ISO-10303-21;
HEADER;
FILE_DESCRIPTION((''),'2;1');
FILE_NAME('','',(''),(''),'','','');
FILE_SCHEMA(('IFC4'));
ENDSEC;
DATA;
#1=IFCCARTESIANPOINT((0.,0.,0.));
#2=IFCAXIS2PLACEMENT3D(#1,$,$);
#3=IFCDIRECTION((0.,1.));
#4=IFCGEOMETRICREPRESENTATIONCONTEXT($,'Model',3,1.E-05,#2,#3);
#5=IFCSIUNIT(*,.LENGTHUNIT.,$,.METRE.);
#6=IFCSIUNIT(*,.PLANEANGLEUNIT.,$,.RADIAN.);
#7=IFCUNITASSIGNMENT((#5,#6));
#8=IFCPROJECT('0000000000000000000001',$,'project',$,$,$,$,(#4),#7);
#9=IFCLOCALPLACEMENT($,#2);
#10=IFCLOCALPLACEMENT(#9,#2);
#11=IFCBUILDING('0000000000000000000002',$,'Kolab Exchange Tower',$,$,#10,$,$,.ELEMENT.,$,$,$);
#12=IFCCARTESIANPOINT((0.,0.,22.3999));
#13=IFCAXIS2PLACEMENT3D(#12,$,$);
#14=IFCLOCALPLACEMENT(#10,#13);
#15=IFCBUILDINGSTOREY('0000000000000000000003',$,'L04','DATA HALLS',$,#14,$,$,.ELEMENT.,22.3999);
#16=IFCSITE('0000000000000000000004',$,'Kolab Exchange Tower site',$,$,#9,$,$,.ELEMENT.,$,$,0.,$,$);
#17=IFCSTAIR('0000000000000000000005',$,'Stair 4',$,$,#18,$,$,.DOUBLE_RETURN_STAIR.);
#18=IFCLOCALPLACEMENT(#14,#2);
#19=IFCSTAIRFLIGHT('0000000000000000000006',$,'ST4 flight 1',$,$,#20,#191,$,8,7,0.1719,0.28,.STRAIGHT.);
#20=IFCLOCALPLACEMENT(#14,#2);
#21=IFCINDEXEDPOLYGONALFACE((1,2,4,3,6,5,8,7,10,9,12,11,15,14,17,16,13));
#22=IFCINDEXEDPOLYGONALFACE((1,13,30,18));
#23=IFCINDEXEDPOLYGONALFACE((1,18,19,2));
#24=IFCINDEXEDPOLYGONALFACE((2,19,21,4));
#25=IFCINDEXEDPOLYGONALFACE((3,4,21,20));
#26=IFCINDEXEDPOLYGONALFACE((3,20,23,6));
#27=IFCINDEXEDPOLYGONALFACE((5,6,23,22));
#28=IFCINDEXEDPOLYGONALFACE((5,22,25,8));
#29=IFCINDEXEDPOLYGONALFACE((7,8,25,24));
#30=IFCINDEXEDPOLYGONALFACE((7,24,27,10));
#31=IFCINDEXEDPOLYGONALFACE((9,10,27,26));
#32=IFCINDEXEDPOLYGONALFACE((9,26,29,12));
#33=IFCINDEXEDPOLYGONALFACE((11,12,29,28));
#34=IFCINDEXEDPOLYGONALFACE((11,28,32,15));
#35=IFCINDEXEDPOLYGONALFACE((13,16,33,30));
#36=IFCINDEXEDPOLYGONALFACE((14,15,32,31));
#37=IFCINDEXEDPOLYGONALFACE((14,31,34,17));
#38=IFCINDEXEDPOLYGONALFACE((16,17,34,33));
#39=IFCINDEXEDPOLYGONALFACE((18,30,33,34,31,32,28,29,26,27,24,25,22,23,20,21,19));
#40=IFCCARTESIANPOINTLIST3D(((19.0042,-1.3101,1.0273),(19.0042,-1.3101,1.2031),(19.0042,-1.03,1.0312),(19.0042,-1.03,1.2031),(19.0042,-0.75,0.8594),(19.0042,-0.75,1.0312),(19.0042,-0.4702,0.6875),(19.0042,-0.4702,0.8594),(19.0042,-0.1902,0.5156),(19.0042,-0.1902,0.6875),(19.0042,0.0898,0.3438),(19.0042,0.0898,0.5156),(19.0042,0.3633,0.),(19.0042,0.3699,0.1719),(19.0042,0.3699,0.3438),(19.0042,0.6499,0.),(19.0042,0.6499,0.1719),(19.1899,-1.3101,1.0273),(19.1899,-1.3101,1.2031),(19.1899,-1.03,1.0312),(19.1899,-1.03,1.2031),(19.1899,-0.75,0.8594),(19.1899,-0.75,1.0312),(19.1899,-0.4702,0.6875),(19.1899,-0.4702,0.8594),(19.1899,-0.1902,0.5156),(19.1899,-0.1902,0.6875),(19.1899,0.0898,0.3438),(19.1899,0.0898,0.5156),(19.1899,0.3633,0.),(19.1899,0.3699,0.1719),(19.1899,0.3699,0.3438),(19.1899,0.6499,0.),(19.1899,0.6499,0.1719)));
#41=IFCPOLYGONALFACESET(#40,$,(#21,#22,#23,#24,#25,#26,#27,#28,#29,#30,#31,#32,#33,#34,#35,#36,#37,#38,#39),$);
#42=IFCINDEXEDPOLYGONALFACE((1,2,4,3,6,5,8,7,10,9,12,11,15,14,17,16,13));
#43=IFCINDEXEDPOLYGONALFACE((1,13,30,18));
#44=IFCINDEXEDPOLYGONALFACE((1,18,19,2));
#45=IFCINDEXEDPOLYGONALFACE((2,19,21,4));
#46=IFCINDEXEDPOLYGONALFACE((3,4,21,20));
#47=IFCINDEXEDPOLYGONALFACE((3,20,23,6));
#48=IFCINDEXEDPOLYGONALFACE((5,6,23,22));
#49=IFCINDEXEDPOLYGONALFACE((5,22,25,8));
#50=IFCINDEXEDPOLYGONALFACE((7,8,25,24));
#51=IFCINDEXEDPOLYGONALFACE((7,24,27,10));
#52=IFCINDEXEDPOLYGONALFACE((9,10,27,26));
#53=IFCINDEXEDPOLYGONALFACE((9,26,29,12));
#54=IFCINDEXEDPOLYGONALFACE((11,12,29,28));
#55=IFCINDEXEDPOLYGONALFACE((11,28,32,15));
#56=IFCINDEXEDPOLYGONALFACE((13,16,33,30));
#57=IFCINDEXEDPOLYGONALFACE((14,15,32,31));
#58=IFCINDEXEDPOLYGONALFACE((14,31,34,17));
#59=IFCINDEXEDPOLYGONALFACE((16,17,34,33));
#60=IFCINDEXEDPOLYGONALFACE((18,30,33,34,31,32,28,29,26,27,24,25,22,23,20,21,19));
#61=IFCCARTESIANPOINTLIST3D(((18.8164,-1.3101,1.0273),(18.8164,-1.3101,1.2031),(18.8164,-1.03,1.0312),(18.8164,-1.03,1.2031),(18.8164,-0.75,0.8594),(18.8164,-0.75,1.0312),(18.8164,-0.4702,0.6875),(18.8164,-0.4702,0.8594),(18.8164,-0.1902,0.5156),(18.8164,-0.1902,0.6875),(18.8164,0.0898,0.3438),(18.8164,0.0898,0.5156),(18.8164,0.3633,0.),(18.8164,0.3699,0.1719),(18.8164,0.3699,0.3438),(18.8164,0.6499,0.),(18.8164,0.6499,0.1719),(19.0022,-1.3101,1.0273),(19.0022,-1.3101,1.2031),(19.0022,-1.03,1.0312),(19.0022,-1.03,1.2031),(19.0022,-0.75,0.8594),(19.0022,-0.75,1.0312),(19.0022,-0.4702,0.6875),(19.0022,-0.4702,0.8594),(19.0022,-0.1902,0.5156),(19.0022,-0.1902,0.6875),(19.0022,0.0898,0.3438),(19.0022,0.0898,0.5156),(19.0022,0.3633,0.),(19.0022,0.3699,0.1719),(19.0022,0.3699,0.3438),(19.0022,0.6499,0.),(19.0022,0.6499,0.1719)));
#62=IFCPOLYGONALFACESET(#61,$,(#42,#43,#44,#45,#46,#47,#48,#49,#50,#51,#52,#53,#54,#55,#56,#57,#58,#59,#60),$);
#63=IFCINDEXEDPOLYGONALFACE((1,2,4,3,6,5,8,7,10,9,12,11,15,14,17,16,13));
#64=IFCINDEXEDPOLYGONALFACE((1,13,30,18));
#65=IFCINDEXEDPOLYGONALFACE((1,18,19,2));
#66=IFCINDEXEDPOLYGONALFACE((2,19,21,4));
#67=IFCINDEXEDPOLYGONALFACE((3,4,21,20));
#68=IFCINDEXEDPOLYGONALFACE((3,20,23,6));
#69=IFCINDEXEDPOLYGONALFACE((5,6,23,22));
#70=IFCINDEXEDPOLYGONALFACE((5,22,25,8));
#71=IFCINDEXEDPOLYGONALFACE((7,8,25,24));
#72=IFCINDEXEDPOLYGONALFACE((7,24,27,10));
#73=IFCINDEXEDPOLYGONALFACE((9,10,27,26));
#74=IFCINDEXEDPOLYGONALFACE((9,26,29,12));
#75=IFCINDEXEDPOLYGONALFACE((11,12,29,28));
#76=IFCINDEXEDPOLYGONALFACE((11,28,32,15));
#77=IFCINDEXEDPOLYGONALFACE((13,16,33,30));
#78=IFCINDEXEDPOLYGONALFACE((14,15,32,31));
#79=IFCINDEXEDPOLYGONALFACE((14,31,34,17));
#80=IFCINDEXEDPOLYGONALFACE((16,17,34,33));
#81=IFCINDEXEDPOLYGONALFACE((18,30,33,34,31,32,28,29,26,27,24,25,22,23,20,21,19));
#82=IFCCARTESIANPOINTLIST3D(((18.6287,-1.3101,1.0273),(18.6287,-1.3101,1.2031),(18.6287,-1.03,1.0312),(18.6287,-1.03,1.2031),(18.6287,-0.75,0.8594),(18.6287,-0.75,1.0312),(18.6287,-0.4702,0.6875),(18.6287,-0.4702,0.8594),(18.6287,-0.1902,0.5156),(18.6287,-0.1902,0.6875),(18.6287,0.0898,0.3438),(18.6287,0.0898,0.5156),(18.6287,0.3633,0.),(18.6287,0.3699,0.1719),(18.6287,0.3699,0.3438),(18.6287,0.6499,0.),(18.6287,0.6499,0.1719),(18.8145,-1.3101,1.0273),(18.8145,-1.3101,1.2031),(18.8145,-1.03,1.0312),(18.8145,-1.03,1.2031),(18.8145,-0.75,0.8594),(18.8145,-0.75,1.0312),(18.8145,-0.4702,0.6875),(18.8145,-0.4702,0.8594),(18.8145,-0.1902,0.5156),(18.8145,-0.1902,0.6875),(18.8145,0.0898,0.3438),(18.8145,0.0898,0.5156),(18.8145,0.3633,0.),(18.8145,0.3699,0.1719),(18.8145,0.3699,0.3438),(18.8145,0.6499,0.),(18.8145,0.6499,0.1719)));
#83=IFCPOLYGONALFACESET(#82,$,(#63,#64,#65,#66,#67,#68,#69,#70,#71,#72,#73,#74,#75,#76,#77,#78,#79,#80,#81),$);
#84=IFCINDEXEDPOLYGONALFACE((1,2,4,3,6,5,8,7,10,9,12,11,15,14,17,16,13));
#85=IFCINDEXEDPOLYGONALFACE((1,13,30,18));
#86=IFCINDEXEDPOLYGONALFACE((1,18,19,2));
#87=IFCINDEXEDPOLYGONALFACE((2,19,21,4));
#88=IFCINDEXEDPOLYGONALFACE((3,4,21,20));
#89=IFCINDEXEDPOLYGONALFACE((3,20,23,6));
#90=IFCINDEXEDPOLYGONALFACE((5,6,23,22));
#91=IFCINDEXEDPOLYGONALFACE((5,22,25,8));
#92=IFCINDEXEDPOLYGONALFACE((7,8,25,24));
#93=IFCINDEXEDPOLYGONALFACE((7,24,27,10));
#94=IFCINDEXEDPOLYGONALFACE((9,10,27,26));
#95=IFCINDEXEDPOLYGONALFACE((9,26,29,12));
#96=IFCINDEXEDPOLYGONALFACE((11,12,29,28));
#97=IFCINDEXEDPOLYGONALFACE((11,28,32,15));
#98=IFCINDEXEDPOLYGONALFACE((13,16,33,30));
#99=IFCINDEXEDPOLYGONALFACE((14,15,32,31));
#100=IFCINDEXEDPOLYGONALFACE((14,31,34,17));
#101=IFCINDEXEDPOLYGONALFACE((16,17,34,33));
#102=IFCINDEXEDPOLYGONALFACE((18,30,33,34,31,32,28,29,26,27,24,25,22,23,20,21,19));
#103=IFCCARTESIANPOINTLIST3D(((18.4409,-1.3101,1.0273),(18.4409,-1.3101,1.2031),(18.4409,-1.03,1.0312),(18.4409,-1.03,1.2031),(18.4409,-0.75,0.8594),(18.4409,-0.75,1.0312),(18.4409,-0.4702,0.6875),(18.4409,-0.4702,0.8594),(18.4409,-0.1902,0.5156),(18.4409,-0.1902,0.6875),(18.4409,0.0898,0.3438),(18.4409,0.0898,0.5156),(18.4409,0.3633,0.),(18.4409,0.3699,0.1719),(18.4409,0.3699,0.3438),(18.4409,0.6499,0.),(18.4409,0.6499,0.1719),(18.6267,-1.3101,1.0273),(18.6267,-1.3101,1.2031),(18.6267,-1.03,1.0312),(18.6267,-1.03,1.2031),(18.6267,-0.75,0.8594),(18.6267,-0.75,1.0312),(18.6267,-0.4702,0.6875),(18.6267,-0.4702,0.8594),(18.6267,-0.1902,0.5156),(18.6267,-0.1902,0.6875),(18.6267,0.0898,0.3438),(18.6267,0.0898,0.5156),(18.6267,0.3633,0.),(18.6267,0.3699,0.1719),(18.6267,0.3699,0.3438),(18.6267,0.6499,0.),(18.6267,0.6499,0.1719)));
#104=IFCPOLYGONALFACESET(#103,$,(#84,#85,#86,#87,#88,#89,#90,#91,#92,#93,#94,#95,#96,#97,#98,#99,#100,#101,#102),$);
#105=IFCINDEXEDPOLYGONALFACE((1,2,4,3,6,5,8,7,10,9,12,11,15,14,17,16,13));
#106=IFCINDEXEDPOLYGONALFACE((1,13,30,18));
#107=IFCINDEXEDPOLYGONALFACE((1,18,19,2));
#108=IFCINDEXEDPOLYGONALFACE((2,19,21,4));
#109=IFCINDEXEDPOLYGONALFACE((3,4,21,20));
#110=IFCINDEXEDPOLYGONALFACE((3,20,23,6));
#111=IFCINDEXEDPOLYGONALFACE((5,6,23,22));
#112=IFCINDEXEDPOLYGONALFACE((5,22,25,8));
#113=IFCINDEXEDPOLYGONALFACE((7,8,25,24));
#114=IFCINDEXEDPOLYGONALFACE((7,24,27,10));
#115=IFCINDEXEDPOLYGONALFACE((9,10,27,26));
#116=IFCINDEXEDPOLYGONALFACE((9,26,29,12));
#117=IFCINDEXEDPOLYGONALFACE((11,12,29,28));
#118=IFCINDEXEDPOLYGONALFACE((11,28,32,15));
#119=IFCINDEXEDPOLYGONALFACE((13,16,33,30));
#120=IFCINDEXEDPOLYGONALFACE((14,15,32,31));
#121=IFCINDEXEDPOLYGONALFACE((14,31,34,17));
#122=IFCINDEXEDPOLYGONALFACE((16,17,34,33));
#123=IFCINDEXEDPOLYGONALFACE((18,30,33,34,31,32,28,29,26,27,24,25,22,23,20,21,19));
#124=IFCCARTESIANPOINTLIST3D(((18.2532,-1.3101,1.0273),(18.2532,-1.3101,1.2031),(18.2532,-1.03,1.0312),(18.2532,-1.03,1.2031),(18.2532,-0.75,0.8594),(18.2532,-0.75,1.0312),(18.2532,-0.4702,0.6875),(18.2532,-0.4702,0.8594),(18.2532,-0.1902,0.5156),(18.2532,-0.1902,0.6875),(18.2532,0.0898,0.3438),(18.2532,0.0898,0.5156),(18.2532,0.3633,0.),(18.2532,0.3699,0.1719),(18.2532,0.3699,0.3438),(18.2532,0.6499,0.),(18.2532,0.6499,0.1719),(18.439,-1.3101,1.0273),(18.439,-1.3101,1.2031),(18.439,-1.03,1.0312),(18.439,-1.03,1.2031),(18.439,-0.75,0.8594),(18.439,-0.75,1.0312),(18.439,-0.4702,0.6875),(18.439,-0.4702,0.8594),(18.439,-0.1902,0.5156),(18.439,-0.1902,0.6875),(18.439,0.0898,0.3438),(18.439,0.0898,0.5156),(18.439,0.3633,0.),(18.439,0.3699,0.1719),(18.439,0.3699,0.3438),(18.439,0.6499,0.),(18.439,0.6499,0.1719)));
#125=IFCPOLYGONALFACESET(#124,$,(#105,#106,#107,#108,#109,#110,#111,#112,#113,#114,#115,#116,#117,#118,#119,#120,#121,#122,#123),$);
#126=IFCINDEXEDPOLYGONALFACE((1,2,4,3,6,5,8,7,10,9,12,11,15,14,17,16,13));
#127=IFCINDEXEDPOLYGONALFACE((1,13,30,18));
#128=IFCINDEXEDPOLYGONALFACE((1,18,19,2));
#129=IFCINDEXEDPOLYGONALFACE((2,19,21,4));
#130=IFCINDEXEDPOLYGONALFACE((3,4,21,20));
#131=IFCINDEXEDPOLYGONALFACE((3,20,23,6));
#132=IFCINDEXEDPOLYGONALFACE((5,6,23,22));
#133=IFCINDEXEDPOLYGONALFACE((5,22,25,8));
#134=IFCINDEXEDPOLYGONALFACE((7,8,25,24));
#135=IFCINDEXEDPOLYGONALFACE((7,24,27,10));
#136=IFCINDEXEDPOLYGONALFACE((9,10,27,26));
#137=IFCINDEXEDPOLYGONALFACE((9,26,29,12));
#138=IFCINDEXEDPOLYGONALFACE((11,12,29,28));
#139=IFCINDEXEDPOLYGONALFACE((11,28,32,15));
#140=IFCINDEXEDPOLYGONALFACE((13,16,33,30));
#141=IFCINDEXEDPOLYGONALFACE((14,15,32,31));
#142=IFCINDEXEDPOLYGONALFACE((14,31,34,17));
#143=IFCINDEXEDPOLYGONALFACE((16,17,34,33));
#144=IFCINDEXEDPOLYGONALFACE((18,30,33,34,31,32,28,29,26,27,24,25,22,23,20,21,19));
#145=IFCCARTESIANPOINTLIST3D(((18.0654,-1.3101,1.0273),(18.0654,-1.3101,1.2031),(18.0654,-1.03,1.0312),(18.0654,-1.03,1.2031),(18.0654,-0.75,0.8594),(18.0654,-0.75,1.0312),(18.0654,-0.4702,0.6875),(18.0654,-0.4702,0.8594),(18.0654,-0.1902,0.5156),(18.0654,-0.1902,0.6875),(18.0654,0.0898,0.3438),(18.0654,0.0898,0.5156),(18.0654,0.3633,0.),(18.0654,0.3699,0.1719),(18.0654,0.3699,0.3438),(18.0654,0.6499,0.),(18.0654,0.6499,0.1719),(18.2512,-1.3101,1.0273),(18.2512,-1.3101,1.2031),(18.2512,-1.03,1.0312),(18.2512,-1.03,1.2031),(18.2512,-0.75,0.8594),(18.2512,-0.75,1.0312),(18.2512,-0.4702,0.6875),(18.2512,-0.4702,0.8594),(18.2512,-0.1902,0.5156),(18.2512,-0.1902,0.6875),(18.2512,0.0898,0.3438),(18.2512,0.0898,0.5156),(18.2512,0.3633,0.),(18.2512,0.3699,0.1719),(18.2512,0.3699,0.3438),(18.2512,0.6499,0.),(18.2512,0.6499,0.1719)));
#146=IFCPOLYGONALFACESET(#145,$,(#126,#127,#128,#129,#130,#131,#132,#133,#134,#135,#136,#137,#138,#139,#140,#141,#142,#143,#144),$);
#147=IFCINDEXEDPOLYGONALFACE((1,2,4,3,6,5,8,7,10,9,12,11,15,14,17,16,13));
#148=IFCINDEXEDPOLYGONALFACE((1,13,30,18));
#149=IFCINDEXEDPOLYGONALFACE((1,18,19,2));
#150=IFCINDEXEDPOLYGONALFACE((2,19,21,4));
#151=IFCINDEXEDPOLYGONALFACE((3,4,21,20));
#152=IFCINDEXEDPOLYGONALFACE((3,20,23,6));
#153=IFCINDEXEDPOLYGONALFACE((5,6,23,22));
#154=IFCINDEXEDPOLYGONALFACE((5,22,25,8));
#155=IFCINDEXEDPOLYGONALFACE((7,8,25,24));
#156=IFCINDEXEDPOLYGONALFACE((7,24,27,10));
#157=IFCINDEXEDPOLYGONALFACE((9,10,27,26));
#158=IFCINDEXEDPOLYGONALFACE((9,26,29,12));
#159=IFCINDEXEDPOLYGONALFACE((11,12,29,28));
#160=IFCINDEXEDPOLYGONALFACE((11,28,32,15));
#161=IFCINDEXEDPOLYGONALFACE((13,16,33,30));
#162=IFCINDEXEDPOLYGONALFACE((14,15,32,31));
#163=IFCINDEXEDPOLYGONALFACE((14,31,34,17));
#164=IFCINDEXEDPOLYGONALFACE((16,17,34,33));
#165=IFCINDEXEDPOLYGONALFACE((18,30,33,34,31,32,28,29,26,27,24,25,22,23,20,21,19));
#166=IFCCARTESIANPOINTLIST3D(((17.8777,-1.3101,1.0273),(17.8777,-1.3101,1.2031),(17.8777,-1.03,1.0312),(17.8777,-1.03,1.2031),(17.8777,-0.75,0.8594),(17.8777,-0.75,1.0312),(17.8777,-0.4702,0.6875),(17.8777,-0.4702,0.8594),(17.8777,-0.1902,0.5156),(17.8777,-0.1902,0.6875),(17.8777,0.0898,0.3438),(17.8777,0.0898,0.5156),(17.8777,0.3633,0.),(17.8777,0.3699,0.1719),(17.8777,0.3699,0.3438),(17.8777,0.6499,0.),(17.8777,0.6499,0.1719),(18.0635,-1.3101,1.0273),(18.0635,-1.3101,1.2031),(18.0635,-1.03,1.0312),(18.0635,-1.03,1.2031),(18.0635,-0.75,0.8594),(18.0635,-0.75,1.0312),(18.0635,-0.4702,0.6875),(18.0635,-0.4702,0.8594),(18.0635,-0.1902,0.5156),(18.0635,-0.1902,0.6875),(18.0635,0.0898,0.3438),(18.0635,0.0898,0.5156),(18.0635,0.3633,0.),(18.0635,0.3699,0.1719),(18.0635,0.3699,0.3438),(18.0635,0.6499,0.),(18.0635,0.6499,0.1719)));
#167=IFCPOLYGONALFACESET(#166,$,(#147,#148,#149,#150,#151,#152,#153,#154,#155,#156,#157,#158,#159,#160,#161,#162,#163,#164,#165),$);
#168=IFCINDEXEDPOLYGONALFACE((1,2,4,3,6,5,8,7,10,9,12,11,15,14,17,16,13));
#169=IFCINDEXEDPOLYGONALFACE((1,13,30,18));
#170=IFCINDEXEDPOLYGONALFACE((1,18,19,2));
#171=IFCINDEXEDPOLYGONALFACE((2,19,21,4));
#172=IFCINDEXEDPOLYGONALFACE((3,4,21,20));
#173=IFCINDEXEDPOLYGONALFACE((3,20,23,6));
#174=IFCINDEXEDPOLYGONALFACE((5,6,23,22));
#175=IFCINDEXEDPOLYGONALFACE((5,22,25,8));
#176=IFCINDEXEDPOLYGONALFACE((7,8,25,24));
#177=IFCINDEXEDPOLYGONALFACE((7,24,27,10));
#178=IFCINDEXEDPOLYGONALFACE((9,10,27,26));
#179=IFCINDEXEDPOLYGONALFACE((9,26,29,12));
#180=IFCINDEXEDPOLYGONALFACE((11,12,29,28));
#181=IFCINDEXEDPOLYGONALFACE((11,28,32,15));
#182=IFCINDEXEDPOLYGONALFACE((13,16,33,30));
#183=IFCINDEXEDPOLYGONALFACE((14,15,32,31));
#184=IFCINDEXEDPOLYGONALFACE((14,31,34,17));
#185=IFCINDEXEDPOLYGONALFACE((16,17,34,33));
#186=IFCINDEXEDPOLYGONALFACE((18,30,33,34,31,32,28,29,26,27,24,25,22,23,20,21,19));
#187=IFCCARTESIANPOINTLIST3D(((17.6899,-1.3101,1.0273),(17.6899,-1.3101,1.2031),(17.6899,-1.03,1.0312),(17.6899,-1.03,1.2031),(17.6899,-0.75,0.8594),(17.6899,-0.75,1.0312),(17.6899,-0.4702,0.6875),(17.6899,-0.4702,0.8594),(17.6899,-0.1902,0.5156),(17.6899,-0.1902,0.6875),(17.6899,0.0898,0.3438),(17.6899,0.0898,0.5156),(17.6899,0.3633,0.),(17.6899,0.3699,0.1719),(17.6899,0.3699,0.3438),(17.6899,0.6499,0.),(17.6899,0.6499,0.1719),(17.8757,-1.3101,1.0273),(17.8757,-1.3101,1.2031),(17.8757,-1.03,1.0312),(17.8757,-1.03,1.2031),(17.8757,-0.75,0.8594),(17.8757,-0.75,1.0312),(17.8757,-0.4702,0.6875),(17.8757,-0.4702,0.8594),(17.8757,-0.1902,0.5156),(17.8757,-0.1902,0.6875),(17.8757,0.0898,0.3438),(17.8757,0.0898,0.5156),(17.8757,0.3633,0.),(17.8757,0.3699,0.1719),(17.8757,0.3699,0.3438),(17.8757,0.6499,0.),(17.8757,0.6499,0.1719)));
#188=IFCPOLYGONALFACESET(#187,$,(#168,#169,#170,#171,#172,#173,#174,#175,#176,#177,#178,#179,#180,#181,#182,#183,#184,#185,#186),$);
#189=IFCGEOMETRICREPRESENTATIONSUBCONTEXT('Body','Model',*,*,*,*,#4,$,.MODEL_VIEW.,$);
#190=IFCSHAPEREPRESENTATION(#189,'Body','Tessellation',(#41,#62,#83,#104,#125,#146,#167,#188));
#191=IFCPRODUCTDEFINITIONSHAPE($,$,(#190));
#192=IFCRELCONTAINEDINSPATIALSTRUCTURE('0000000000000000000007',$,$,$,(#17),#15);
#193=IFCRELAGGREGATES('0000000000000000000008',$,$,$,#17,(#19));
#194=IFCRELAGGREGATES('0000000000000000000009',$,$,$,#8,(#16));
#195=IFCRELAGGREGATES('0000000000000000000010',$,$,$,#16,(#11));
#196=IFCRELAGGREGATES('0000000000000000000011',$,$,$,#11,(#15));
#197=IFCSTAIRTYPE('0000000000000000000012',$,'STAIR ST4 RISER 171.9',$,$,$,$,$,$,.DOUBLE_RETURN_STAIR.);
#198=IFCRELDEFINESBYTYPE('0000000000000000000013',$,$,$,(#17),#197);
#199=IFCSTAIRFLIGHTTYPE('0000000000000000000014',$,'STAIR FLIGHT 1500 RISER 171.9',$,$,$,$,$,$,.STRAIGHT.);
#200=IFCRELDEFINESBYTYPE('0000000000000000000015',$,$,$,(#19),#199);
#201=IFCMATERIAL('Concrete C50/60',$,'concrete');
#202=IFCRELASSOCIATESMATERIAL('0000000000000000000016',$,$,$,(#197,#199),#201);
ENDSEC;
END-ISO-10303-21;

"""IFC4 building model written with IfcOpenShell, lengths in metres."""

from ifc_helpers import new_model, si_unit, direction, frame, origin, place, context, subcontext, project, spatial, polyline, outline, extrude, material, type_object, element, aggregate, save


model = new_model("IFC4")

# Units and contexts
model_context = context("Model", 3, precision=1e-05, world=origin(), true_north=direction((0.0, 1.0)))
body_context = subcontext(model_context, "Body", "Model", "MODEL_VIEW")
ifc_project = project(units=[si_unit("LENGTHUNIT", "METRE"), si_unit("PLANEANGLEUNIT", "RADIAN")], contexts=[model_context])

# Site, building, storey
site_placement = place(None, origin())
site = spatial("IfcSite", under=ifc_project, at=site_placement, Name="Kolab Exchange Tower site", CompositionType="ELEMENT", RefElevation=0.0)
building_placement = place(site_placement, origin())
building = spatial("IfcBuilding", under=site, at=building_placement, Name="Kolab Exchange Tower", CompositionType="ELEMENT")
storey_placement = place(building_placement, frame((0.0, 0.0, 22.3999)))
storey = spatial("IfcBuildingStorey", under=building, at=storey_placement, Name="L04", Description="DATA HALLS", CompositionType="ELEMENT", Elevation=22.3999)

# Stair, stair flight
ifc_material_1 = material(Name="Concrete C50/60", Category="concrete")
stair_type = type_object("IfcStairType", Name="STAIR ST4 RISER 171.9", PredefinedType="DOUBLE_RETURN_STAIR", material=ifc_material_1)
stair_placement = place(storey_placement, origin())
stair = element("IfcStair", 1, at=stair_placement, inside=storey, type_object=stair_type, Name="Stair 4", PredefinedType="DOUBLE_RETURN_STAIR")
stair_flight_type = type_object("IfcStairFlightType", Name="STAIR FLIGHT 1500 RISER 171.9", PredefinedType="STRAIGHT", material=ifc_material_1)
stair_flight_1_placement = place(storey_placement, frame((18.4399, 0.6499, 0.0), z_axis=(0.0, 0.0, 1.0), x_axis=(0.0, -1.0, 0.0)))
stair_flight_1 = element("IfcStairFlight", 2, at=stair_flight_1_placement, type_object=stair_flight_type, Name="ST4 flight 1", NumberOfRisers=8, NumberOfTreads=7, PredefinedType="STRAIGHT", RiserHeight=0.1719, TreadLength=0.28, context=body_context, shape_type="SweptSolid", body=[
    extrude(outline(polyline([(0.0, 0.0), (0.0, 0.1719), (0.28, 0.1719), (0.28, 0.3438), (0.5601, 0.3438), (0.5601, 0.5156), (0.8401, 0.5156), (0.8401, 0.6875), (1.1201, 0.6875), (1.1201, 0.8594), (1.3999, 0.8594), (1.3999, 1.0312), (1.6799, 1.0312), (1.6799, 1.2031), (1.96, 1.2031), (1.96, 1.375), (1.96, 1.0273), (0.2866, 0.0), (0.0, 0.0)])), frame((0.0, 0.75, 0.0), z_axis=(0.0, -1.0, 0.0), x_axis=(1.0, 0.0, 0.0)), (0.0, 0.0, 1.0), 0.1858),
    extrude(outline(polyline([(0.0, 0.0), (0.0, 0.1719), (0.28, 0.1719), (0.28, 0.3438), (0.5601, 0.3438), (0.5601, 0.5156), (0.8401, 0.5156), (0.8401, 0.6875), (1.1201, 0.6875), (1.1201, 0.8594), (1.3999, 0.8594), (1.3999, 1.0312), (1.6799, 1.0312), (1.6799, 1.2031), (1.96, 1.2031), (1.96, 1.375), (1.96, 1.0273), (0.2866, 0.0), (0.0, 0.0)])), frame((0.0, 0.5623, 0.0), z_axis=(0.0, -1.0, 0.0), x_axis=(1.0, 0.0, 0.0)), (0.0, 0.0, 1.0), 0.1858),
    extrude(outline(polyline([(0.0, 0.0), (0.0, 0.1719), (0.28, 0.1719), (0.28, 0.3438), (0.5601, 0.3438), (0.5601, 0.5156), (0.8401, 0.5156), (0.8401, 0.6875), (1.1201, 0.6875), (1.1201, 0.8594), (1.3999, 0.8594), (1.3999, 1.0312), (1.6799, 1.0312), (1.6799, 1.2031), (1.96, 1.2031), (1.96, 1.375), (1.96, 1.0273), (0.2866, 0.0), (0.0, 0.0)])), frame((0.0, 0.3745, 0.0), z_axis=(0.0, -1.0, 0.0), x_axis=(1.0, 0.0, 0.0)), (0.0, 0.0, 1.0), 0.1858),
    extrude(outline(polyline([(0.0, 0.0), (0.0, 0.1719), (0.28, 0.1719), (0.28, 0.3438), (0.5601, 0.3438), (0.5601, 0.5156), (0.8401, 0.5156), (0.8401, 0.6875), (1.1201, 0.6875), (1.1201, 0.8594), (1.3999, 0.8594), (1.3999, 1.0312), (1.6799, 1.0312), (1.6799, 1.2031), (1.96, 1.2031), (1.96, 1.375), (1.96, 1.0273), (0.2866, 0.0), (0.0, 0.0)])), frame((0.0, 0.1868, 0.0), z_axis=(0.0, -1.0, 0.0), x_axis=(1.0, 0.0, 0.0)), (0.0, 0.0, 1.0), 0.1858),
    extrude(outline(polyline([(0.0, 0.0), (0.0, 0.1719), (0.28, 0.1719), (0.28, 0.3438), (0.5601, 0.3438), (0.5601, 0.5156), (0.8401, 0.5156), (0.8401, 0.6875), (1.1201, 0.6875), (1.1201, 0.8594), (1.3999, 0.8594), (1.3999, 1.0312), (1.6799, 1.0312), (1.6799, 1.2031), (1.96, 1.2031), (1.96, 1.375), (1.96, 1.0273), (0.2866, 0.0), (0.0, 0.0)])), frame((0.0, -0.001, 0.0), z_axis=(0.0, -1.0, 0.0), x_axis=(1.0, 0.0, 0.0)), (0.0, 0.0, 1.0), 0.1858),
    extrude(outline(polyline([(0.0, 0.0), (0.0, 0.1719), (0.28, 0.1719), (0.28, 0.3438), (0.5601, 0.3438), (0.5601, 0.5156), (0.8401, 0.5156), (0.8401, 0.6875), (1.1201, 0.6875), (1.1201, 0.8594), (1.3999, 0.8594), (1.3999, 1.0312), (1.6799, 1.0312), (1.6799, 1.2031), (1.96, 1.2031), (1.96, 1.375), (1.96, 1.0273), (0.2866, 0.0), (0.0, 0.0)])), frame((0.0, -0.1887, 0.0), z_axis=(0.0, -1.0, 0.0), x_axis=(1.0, 0.0, 0.0)), (0.0, 0.0, 1.0), 0.1858),
    extrude(outline(polyline([(0.0, 0.0), (0.0, 0.1719), (0.28, 0.1719), (0.28, 0.3438), (0.5601, 0.3438), (0.5601, 0.5156), (0.8401, 0.5156), (0.8401, 0.6875), (1.1201, 0.6875), (1.1201, 0.8594), (1.3999, 0.8594), (1.3999, 1.0312), (1.6799, 1.0312), (1.6799, 1.2031), (1.96, 1.2031), (1.96, 1.375), (1.96, 1.0273), (0.2866, 0.0), (0.0, 0.0)])), frame((0.0, -0.3765, 0.0), z_axis=(0.0, -1.0, 0.0), x_axis=(1.0, 0.0, 0.0)), (0.0, 0.0, 1.0), 0.1858),
    extrude(outline(polyline([(0.0, 0.0), (0.0, 0.1719), (0.28, 0.1719), (0.28, 0.3438), (0.5601, 0.3438), (0.5601, 0.5156), (0.8401, 0.5156), (0.8401, 0.6875), (1.1201, 0.6875), (1.1201, 0.8594), (1.3999, 0.8594), (1.3999, 1.0312), (1.6799, 1.0312), (1.6799, 1.2031), (1.96, 1.2031), (1.96, 1.375), (1.96, 1.0273), (0.2866, 0.0), (0.0, 0.0)])), frame((0.0, -0.5642, 0.0), z_axis=(0.0, -1.0, 0.0), x_axis=(1.0, 0.0, 0.0)), (0.0, 0.0, 1.0), 0.1858),
])
aggregate(stair, [stair_flight_1])

save(model, "model.ifc")
